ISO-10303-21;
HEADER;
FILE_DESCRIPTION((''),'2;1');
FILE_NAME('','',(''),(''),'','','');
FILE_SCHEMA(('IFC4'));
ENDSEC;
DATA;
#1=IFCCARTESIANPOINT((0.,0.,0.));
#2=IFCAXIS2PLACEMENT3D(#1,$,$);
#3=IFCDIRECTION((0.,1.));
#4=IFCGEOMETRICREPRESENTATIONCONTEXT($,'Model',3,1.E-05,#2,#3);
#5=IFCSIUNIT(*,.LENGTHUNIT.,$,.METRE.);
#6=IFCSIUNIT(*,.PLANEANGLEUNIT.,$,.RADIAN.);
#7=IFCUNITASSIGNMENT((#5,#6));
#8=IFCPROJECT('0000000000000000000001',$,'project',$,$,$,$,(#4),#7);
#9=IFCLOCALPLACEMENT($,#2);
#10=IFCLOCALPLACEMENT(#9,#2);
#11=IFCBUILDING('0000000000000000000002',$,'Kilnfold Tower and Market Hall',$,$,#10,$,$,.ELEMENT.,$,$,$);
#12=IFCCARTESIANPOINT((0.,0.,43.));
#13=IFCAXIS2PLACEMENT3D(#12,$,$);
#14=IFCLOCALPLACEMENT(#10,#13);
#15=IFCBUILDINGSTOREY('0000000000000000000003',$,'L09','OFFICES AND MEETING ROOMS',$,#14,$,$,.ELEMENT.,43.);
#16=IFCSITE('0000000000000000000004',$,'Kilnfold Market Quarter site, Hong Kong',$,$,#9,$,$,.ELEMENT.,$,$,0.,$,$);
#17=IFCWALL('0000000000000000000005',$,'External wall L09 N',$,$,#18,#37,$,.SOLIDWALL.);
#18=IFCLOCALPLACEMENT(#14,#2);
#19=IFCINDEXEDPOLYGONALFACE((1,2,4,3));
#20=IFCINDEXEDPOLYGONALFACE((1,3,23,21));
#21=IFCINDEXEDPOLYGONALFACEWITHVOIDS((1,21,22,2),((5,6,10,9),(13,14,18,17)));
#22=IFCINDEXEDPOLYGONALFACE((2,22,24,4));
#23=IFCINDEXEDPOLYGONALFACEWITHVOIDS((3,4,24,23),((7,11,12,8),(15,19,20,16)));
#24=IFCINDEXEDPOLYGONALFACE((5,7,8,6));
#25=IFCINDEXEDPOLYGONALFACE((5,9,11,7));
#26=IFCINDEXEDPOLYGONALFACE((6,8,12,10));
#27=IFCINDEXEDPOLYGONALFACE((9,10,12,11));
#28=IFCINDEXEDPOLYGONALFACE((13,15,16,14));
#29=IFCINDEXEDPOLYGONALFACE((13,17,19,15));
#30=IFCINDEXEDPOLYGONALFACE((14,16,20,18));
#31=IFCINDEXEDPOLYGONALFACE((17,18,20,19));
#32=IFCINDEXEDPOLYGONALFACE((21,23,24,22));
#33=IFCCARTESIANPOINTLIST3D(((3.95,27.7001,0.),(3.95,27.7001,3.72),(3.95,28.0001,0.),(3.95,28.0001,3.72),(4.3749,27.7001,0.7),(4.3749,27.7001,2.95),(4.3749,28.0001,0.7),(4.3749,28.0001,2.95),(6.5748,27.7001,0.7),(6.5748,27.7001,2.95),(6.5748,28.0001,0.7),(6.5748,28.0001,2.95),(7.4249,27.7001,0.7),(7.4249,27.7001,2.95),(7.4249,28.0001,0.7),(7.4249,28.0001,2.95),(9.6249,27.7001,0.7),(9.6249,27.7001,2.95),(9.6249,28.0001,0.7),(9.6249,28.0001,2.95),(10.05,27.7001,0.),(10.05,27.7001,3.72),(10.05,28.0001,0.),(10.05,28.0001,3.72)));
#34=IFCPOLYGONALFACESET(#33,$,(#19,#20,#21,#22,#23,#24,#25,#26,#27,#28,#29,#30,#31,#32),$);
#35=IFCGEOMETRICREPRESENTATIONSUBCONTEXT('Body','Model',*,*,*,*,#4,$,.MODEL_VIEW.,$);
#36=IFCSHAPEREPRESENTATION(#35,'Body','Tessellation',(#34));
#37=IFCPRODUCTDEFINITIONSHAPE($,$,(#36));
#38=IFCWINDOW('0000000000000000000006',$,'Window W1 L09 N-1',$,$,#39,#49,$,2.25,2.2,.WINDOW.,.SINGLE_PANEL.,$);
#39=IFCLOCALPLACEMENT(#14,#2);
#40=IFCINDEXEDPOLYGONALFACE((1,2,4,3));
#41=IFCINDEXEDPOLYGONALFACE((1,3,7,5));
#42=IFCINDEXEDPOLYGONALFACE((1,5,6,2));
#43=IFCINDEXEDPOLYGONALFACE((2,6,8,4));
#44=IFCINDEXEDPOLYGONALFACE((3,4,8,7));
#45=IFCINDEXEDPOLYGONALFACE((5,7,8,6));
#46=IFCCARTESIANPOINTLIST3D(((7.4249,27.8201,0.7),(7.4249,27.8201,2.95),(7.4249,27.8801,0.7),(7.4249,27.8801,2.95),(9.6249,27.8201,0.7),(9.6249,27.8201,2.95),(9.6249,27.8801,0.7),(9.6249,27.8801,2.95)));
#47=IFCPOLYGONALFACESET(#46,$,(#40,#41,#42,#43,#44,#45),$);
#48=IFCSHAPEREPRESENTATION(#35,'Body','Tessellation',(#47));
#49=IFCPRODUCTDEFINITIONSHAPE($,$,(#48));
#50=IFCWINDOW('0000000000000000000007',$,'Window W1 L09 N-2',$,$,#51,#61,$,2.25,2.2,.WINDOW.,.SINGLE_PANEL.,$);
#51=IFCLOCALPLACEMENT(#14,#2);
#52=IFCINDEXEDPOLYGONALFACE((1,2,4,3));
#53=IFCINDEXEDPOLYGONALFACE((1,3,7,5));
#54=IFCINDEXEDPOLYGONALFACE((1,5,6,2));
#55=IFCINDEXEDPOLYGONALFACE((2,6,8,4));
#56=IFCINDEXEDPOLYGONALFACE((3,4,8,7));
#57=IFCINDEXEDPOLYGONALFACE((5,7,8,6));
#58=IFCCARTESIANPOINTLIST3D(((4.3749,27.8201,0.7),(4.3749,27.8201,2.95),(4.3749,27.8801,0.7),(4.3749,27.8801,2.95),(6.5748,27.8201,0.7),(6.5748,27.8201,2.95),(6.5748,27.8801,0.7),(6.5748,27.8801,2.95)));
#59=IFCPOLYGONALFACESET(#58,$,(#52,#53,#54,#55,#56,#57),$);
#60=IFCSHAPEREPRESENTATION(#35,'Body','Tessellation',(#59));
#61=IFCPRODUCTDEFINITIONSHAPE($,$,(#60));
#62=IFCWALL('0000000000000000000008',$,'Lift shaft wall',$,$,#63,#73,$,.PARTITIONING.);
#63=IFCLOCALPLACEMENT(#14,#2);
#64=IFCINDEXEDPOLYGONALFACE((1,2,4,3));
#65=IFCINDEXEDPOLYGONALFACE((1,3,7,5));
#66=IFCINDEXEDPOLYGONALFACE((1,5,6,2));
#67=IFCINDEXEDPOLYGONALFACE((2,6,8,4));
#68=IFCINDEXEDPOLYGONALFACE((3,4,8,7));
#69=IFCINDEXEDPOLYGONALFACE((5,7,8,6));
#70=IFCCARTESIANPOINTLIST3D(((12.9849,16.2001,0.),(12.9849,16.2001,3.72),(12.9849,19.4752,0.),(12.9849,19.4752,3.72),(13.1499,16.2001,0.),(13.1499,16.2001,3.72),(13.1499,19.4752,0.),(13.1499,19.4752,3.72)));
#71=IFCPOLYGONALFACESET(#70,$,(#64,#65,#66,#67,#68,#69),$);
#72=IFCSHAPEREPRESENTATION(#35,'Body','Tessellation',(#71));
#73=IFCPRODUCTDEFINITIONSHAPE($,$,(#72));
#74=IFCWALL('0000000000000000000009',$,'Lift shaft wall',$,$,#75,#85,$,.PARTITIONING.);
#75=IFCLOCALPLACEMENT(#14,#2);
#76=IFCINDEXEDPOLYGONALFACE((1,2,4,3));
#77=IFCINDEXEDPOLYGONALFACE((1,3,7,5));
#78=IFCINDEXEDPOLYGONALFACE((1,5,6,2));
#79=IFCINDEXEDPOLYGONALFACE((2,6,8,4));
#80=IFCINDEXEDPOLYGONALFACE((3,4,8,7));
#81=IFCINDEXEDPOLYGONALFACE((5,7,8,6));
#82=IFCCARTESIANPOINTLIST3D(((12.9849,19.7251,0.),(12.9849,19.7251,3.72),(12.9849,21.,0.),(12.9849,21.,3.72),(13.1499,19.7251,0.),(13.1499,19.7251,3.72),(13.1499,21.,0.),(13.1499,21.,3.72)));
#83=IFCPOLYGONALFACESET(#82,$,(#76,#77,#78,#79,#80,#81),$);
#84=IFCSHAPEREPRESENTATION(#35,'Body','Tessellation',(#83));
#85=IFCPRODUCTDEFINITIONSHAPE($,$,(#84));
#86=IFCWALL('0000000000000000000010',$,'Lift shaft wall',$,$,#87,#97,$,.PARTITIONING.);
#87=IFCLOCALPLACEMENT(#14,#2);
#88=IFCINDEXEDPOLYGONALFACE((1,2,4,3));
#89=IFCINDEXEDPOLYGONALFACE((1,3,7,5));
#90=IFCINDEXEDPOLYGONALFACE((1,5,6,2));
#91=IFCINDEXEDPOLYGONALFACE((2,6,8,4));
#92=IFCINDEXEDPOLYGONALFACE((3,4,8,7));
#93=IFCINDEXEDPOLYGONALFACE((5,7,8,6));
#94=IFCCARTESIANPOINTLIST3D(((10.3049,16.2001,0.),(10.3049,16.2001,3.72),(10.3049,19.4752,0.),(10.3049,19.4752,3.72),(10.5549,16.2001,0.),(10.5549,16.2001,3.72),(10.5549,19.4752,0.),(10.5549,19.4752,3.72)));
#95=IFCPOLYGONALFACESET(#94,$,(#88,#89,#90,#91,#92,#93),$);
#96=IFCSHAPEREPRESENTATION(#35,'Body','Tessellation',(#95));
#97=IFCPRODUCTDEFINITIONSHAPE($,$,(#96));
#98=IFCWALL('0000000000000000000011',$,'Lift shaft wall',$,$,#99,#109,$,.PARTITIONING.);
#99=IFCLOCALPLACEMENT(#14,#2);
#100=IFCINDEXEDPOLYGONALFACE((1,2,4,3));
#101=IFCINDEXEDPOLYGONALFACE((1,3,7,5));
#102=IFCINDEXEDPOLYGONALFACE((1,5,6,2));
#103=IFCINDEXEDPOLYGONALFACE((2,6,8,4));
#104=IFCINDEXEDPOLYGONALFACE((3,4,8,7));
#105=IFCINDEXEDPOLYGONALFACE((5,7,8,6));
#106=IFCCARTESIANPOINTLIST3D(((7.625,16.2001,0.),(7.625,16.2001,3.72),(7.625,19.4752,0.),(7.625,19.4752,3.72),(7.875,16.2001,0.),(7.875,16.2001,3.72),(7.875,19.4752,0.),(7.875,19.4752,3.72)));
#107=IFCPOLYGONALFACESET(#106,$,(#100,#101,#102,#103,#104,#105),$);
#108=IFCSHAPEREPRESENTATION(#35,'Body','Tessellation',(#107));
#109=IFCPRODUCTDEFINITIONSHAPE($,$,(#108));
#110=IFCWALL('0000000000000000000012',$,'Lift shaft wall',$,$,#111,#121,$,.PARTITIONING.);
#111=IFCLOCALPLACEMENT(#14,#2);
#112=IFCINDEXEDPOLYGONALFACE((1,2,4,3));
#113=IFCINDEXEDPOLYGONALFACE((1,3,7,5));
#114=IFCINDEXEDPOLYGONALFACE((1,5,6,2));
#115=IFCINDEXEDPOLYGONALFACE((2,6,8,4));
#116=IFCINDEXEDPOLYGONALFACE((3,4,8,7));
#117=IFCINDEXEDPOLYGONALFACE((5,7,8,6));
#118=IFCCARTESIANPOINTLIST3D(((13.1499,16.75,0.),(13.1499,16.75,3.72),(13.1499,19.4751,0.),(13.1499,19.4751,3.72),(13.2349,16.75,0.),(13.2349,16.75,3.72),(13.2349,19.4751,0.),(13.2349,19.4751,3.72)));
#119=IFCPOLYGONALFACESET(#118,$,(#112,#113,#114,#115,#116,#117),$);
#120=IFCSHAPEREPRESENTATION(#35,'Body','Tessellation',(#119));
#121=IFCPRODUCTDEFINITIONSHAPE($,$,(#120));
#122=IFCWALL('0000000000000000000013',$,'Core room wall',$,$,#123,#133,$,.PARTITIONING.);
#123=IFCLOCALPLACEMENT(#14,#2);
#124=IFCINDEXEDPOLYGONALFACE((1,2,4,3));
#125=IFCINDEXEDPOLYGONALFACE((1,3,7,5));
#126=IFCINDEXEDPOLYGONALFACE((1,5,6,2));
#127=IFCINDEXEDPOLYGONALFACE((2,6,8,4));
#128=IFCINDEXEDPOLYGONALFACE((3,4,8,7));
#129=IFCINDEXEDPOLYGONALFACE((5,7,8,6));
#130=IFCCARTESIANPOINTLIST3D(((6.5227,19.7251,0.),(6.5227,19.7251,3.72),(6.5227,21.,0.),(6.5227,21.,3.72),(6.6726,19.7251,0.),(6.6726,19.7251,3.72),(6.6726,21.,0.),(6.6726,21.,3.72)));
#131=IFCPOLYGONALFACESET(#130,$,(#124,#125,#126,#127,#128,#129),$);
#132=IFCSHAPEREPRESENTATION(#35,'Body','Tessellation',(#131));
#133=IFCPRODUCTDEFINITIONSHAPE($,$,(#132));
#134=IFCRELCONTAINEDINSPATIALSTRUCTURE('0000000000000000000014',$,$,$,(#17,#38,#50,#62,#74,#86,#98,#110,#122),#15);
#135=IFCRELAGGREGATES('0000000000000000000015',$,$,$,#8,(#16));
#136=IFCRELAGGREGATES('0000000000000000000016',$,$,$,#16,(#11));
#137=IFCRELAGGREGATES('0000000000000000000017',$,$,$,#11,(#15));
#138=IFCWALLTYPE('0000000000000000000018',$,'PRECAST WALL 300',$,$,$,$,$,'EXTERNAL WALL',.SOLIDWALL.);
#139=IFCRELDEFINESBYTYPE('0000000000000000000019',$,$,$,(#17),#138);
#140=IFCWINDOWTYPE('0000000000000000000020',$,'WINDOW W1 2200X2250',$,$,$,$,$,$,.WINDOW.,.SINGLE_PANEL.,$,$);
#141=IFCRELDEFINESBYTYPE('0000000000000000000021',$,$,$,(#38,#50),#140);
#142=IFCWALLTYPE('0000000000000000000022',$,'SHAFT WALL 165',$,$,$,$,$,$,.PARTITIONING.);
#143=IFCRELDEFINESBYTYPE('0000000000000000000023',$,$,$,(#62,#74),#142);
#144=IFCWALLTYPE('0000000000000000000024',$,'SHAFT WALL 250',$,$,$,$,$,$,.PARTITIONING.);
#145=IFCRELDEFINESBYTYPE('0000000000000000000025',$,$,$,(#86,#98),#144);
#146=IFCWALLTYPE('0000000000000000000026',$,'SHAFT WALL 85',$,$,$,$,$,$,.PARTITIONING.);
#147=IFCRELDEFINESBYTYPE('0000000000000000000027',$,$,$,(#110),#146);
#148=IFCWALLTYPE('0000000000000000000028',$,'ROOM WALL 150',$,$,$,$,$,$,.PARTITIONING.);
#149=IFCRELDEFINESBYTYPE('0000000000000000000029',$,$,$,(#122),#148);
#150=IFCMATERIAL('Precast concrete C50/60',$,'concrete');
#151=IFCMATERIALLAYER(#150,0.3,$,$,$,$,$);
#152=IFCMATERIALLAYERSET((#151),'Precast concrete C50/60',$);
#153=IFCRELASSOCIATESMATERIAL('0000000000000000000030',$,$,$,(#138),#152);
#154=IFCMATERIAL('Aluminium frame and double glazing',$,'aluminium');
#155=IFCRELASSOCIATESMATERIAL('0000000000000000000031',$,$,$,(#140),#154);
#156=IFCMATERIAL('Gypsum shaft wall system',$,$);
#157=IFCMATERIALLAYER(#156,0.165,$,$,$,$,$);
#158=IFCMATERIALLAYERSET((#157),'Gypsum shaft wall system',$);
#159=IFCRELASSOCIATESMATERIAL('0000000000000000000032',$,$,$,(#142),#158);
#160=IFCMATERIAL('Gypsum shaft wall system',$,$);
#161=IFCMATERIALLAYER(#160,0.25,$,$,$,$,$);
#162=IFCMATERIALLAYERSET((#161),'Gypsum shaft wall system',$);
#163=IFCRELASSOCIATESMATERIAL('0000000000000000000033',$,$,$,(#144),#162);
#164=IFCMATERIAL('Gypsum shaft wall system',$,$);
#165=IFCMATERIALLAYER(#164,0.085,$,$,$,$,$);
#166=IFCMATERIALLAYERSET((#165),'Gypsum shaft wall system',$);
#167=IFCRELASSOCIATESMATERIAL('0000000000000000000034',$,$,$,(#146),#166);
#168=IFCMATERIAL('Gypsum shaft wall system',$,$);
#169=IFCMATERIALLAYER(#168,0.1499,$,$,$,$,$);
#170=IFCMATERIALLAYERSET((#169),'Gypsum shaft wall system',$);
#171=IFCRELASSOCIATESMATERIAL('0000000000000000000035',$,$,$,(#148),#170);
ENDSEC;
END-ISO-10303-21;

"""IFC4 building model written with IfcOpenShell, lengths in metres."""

from ifc_helpers import new_model, si_unit, direction, frame, frame_2d, origin, place, context, subcontext, project, spatial, rectangle, extrude, source, transform, mapped, material, layer, layer_set, type_object, element, fill, save


model = new_model("IFC4")

# Units and contexts
model_context = context("Model", 3, precision=1e-05, world=origin(), true_north=direction((0.0, 1.0)))
body_context = subcontext(model_context, "Body", "Model", "MODEL_VIEW")
ifc_project = project(units=[si_unit("LENGTHUNIT", "METRE"), si_unit("PLANEANGLEUNIT", "RADIAN")], contexts=[model_context])

# Site, building, storey
site_placement = place(None, origin())
site = spatial("IfcSite", under=ifc_project, at=site_placement, Name="Kilnfold Market Quarter site, Hong Kong", CompositionType="ELEMENT", RefElevation=0.0)
building_placement = place(site_placement, origin())
building = spatial("IfcBuilding", under=site, at=building_placement, Name="Kilnfold Tower and Market Hall", CompositionType="ELEMENT")
storey_placement = place(building_placement, frame((0.0, 0.0, 43.0)))
storey = spatial("IfcBuildingStorey", under=building, at=storey_placement, Name="L09", Description="OFFICES AND MEETING ROOMS", CompositionType="ELEMENT", Elevation=43.0)

# Wall, openings, windows
ifc_material_1 = material(Name="Precast concrete C50/60", Category="concrete")
ifc_layer_1 = layer(ifc_material_1, 0.3)
ifc_layer_set_1 = layer_set([ifc_layer_1], Name="Precast concrete C50/60")
wall_type_1 = type_object("IfcWallType", Name="PRECAST WALL 300", ElementType="EXTERNAL WALL", PredefinedType="SOLIDWALL", material=ifc_layer_set_1)
shared_shape_1 = source(origin(), body_context, "Body", "SweptSolid", [
    extrude(rectangle(XDim=6.1001, YDim=0.3, at=frame_2d((3.05, 0.0))), origin(), (0.0, 0.0, 1.0), 3.72),
])
ifc_material_2 = material(Name="Aluminium frame and double glazing", Category="aluminium")
window_type = type_object("IfcWindowType", Name="WINDOW W1 2200X2250", PartitioningType="SINGLE_PANEL", PredefinedType="WINDOW", material=ifc_material_2)
wall_1_placement = place(storey_placement, frame((10.05, 27.8501, 0.0), z_axis=(0.0, 0.0, 1.0), x_axis=(-1.0, 0.0, 0.0)))
wall_1 = element("IfcWall", 1, at=wall_1_placement, inside=storey, type_object=wall_type_1, Name="External wall L09 N", PredefinedType="SOLIDWALL", context=body_context, shape_type="MappedRepresentation", body=[
    mapped(shared_shape_1, transform((0.0, 0.0, 0.0))),
])
opening_1_placement = place(wall_1_placement, frame((0.425, 0.0, 0.7)))
opening_1 = element("IfcOpeningElement", 2, at=opening_1_placement, cuts=wall_1, PredefinedType="OPENING", context=body_context, shape_type="SweptSolid", body=[
    extrude(rectangle(XDim=2.2, YDim=2.25, at=frame_2d((1.1001, 1.125))), frame((0.0, 0.1602, 0.0), z_axis=(0.0, -1.0, 0.0), x_axis=(1.0, 0.0, 0.0)), (0.0, 0.0, 1.0), 0.3201),
])
opening_2_placement = place(wall_1_placement, frame((3.4751, 0.0, 0.7)))
opening_2 = element("IfcOpeningElement", 3, at=opening_2_placement, cuts=wall_1, PredefinedType="OPENING", context=body_context, shape_type="SweptSolid", body=[
    extrude(rectangle(XDim=2.2, YDim=2.25, at=frame_2d((1.1001, 1.125))), frame((0.0, 0.1602, 0.0), z_axis=(0.0, -1.0, 0.0), x_axis=(1.0, 0.0, 0.0)), (0.0, 0.0, 1.0), 0.3201),
])
window_1_placement = place(opening_1_placement, origin())
window_1 = element("IfcWindow", 4, at=window_1_placement, inside=storey, type_object=window_type, Name="Window W1 L09 N-1", OverallHeight=2.25, OverallWidth=2.2, PartitioningType="SINGLE_PANEL", PredefinedType="WINDOW", context=body_context, shape_type="SweptSolid", body=[
    extrude(rectangle(XDim=2.2, YDim=2.25, at=frame_2d((1.1001, 1.125))), frame((0.0, 0.03, 0.0), z_axis=(0.0, -1.0, 0.0), x_axis=(1.0, 0.0, 0.0)), (0.0, 0.0, 1.0), 0.0601),
])
fill(opening_1, window_1)
window_2_placement = place(opening_2_placement, origin())
window_2 = element("IfcWindow", 5, at=window_2_placement, inside=storey, type_object=window_type, Name="Window W1 L09 N-2", OverallHeight=2.25, OverallWidth=2.2, PartitioningType="SINGLE_PANEL", PredefinedType="WINDOW", context=body_context, shape_type="SweptSolid", body=[
    extrude(rectangle(XDim=2.2, YDim=2.25, at=frame_2d((1.1001, 1.125))), frame((0.0, 0.03, 0.0), z_axis=(0.0, -1.0, 0.0), x_axis=(1.0, 0.0, 0.0)), (0.0, 0.0, 1.0), 0.0601),
])
fill(opening_2, window_2)

# Walls
ifc_material_3 = material(Name="Gypsum shaft wall system")
ifc_layer_2 = layer(ifc_material_3, 0.165)
ifc_layer_set_2 = layer_set([ifc_layer_2], Name="Gypsum shaft wall system")
wall_type_2 = type_object("IfcWallType", Name="SHAFT WALL 165", PredefinedType="PARTITIONING", material=ifc_layer_set_2)
shared_shape_2 = source(origin(), body_context, "Body", "SweptSolid", [
    extrude(rectangle(XDim=3.2751, YDim=0.165, at=frame_2d((1.6377, 0.0))), origin(), (0.0, 0.0, 1.0), 3.72),
])
wall_2_placement = place(storey_placement, frame((13.0674, 16.2, 0.0), z_axis=(0.0, 0.0, 1.0), x_axis=(0.0, 1.0, 0.0)))
element("IfcWall", 6, at=wall_2_placement, inside=storey, type_object=wall_type_2, Name="Lift shaft wall", PredefinedType="PARTITIONING", context=body_context, shape_type="MappedRepresentation", body=[
    mapped(shared_shape_2, transform((0.0, 0.0, 0.0))),
])
shared_shape_3 = source(origin(), body_context, "Body", "SweptSolid", [
    extrude(rectangle(XDim=1.2749, YDim=0.165, at=frame_2d((0.6375, 0.0))), origin(), (0.0, 0.0, 1.0), 3.72),
])
wall_3_placement = place(storey_placement, frame((13.0674, 19.7251, 0.0), z_axis=(0.0, 0.0, 1.0), x_axis=(0.0, 1.0, 0.0)))
element("IfcWall", 7, at=wall_3_placement, inside=storey, type_object=wall_type_2, Name="Lift shaft wall", PredefinedType="PARTITIONING", context=body_context, shape_type="MappedRepresentation", body=[
    mapped(shared_shape_3, transform((0.0, 0.0, 0.0))),
])
ifc_material_4 = material(Name="Gypsum shaft wall system")
ifc_layer_3 = layer(ifc_material_4, 0.25)
ifc_layer_set_3 = layer_set([ifc_layer_3], Name="Gypsum shaft wall system")
wall_type_3 = type_object("IfcWallType", Name="SHAFT WALL 250", PredefinedType="PARTITIONING", material=ifc_layer_set_3)
shared_shape_4 = source(origin(), body_context, "Body", "SweptSolid", [
    extrude(rectangle(XDim=3.2751, YDim=0.25, at=frame_2d((1.6377, 0.0))), origin(), (0.0, 0.0, 1.0), 3.72),
])
for number, where, z_axis, x_axis, name in (
    (8, (10.4299, 16.2, 0.0), (0.0, 0.0, 1.0), (0.0, 1.0, 0.0), "Lift shaft wall"),
    (9, (7.75, 16.2, 0.0), (0.0, 0.0, 1.0), (0.0, 1.0, 0.0), "Lift shaft wall"),
):
    element("IfcWall", number, at=place(storey_placement, frame(where, z_axis=z_axis, x_axis=x_axis)), inside=storey, type_object=wall_type_3, Name=name, PredefinedType="PARTITIONING", context=body_context, shape_type="MappedRepresentation", body=[
        mapped(shared_shape_4, transform((0.0, 0.0, 0.0))),
    ])
ifc_material_5 = material(Name="Gypsum shaft wall system")
ifc_layer_4 = layer(ifc_material_5, 0.085)
ifc_layer_set_4 = layer_set([ifc_layer_4], Name="Gypsum shaft wall system")
wall_type_4 = type_object("IfcWallType", Name="SHAFT WALL 85", PredefinedType="PARTITIONING", material=ifc_layer_set_4)
shared_shape_5 = source(origin(), body_context, "Body", "SweptSolid", [
    extrude(rectangle(XDim=2.7251, YDim=0.085, at=frame_2d((1.3625, 0.0))), origin(), (0.0, 0.0, 1.0), 3.72),
])
wall_4_placement = place(storey_placement, frame((13.1924, 16.75, 0.0), z_axis=(0.0, 0.0, 1.0), x_axis=(0.0, 1.0, 0.0)))
element("IfcWall", 10, at=wall_4_placement, inside=storey, type_object=wall_type_4, Name="Lift shaft wall", PredefinedType="PARTITIONING", context=body_context, shape_type="MappedRepresentation", body=[
    mapped(shared_shape_5, transform((0.0, 0.0, 0.0))),
])
ifc_material_6 = material(Name="Gypsum shaft wall system")
ifc_layer_5 = layer(ifc_material_6, 0.1499)
ifc_layer_set_5 = layer_set([ifc_layer_5], Name="Gypsum shaft wall system")
wall_type_5 = type_object("IfcWallType", Name="ROOM WALL 150", PredefinedType="PARTITIONING", material=ifc_layer_set_5)
shared_shape_6 = source(origin(), body_context, "Body", "SweptSolid", [
    extrude(rectangle(XDim=1.2749, YDim=0.1499, at=frame_2d((0.6375, 0.0))), origin(), (0.0, 0.0, 1.0), 3.72),
])
wall_5_placement = place(storey_placement, frame((6.5977, 19.7251, 0.0), z_axis=(0.0, 0.0, 1.0), x_axis=(0.0, 1.0, 0.0)))
element("IfcWall", 11, at=wall_5_placement, inside=storey, type_object=wall_type_5, Name="Core room wall", PredefinedType="PARTITIONING", context=body_context, shape_type="MappedRepresentation", body=[
    mapped(shared_shape_6, transform((0.0, 0.0, 0.0))),
])

save(model, "model.ifc")
